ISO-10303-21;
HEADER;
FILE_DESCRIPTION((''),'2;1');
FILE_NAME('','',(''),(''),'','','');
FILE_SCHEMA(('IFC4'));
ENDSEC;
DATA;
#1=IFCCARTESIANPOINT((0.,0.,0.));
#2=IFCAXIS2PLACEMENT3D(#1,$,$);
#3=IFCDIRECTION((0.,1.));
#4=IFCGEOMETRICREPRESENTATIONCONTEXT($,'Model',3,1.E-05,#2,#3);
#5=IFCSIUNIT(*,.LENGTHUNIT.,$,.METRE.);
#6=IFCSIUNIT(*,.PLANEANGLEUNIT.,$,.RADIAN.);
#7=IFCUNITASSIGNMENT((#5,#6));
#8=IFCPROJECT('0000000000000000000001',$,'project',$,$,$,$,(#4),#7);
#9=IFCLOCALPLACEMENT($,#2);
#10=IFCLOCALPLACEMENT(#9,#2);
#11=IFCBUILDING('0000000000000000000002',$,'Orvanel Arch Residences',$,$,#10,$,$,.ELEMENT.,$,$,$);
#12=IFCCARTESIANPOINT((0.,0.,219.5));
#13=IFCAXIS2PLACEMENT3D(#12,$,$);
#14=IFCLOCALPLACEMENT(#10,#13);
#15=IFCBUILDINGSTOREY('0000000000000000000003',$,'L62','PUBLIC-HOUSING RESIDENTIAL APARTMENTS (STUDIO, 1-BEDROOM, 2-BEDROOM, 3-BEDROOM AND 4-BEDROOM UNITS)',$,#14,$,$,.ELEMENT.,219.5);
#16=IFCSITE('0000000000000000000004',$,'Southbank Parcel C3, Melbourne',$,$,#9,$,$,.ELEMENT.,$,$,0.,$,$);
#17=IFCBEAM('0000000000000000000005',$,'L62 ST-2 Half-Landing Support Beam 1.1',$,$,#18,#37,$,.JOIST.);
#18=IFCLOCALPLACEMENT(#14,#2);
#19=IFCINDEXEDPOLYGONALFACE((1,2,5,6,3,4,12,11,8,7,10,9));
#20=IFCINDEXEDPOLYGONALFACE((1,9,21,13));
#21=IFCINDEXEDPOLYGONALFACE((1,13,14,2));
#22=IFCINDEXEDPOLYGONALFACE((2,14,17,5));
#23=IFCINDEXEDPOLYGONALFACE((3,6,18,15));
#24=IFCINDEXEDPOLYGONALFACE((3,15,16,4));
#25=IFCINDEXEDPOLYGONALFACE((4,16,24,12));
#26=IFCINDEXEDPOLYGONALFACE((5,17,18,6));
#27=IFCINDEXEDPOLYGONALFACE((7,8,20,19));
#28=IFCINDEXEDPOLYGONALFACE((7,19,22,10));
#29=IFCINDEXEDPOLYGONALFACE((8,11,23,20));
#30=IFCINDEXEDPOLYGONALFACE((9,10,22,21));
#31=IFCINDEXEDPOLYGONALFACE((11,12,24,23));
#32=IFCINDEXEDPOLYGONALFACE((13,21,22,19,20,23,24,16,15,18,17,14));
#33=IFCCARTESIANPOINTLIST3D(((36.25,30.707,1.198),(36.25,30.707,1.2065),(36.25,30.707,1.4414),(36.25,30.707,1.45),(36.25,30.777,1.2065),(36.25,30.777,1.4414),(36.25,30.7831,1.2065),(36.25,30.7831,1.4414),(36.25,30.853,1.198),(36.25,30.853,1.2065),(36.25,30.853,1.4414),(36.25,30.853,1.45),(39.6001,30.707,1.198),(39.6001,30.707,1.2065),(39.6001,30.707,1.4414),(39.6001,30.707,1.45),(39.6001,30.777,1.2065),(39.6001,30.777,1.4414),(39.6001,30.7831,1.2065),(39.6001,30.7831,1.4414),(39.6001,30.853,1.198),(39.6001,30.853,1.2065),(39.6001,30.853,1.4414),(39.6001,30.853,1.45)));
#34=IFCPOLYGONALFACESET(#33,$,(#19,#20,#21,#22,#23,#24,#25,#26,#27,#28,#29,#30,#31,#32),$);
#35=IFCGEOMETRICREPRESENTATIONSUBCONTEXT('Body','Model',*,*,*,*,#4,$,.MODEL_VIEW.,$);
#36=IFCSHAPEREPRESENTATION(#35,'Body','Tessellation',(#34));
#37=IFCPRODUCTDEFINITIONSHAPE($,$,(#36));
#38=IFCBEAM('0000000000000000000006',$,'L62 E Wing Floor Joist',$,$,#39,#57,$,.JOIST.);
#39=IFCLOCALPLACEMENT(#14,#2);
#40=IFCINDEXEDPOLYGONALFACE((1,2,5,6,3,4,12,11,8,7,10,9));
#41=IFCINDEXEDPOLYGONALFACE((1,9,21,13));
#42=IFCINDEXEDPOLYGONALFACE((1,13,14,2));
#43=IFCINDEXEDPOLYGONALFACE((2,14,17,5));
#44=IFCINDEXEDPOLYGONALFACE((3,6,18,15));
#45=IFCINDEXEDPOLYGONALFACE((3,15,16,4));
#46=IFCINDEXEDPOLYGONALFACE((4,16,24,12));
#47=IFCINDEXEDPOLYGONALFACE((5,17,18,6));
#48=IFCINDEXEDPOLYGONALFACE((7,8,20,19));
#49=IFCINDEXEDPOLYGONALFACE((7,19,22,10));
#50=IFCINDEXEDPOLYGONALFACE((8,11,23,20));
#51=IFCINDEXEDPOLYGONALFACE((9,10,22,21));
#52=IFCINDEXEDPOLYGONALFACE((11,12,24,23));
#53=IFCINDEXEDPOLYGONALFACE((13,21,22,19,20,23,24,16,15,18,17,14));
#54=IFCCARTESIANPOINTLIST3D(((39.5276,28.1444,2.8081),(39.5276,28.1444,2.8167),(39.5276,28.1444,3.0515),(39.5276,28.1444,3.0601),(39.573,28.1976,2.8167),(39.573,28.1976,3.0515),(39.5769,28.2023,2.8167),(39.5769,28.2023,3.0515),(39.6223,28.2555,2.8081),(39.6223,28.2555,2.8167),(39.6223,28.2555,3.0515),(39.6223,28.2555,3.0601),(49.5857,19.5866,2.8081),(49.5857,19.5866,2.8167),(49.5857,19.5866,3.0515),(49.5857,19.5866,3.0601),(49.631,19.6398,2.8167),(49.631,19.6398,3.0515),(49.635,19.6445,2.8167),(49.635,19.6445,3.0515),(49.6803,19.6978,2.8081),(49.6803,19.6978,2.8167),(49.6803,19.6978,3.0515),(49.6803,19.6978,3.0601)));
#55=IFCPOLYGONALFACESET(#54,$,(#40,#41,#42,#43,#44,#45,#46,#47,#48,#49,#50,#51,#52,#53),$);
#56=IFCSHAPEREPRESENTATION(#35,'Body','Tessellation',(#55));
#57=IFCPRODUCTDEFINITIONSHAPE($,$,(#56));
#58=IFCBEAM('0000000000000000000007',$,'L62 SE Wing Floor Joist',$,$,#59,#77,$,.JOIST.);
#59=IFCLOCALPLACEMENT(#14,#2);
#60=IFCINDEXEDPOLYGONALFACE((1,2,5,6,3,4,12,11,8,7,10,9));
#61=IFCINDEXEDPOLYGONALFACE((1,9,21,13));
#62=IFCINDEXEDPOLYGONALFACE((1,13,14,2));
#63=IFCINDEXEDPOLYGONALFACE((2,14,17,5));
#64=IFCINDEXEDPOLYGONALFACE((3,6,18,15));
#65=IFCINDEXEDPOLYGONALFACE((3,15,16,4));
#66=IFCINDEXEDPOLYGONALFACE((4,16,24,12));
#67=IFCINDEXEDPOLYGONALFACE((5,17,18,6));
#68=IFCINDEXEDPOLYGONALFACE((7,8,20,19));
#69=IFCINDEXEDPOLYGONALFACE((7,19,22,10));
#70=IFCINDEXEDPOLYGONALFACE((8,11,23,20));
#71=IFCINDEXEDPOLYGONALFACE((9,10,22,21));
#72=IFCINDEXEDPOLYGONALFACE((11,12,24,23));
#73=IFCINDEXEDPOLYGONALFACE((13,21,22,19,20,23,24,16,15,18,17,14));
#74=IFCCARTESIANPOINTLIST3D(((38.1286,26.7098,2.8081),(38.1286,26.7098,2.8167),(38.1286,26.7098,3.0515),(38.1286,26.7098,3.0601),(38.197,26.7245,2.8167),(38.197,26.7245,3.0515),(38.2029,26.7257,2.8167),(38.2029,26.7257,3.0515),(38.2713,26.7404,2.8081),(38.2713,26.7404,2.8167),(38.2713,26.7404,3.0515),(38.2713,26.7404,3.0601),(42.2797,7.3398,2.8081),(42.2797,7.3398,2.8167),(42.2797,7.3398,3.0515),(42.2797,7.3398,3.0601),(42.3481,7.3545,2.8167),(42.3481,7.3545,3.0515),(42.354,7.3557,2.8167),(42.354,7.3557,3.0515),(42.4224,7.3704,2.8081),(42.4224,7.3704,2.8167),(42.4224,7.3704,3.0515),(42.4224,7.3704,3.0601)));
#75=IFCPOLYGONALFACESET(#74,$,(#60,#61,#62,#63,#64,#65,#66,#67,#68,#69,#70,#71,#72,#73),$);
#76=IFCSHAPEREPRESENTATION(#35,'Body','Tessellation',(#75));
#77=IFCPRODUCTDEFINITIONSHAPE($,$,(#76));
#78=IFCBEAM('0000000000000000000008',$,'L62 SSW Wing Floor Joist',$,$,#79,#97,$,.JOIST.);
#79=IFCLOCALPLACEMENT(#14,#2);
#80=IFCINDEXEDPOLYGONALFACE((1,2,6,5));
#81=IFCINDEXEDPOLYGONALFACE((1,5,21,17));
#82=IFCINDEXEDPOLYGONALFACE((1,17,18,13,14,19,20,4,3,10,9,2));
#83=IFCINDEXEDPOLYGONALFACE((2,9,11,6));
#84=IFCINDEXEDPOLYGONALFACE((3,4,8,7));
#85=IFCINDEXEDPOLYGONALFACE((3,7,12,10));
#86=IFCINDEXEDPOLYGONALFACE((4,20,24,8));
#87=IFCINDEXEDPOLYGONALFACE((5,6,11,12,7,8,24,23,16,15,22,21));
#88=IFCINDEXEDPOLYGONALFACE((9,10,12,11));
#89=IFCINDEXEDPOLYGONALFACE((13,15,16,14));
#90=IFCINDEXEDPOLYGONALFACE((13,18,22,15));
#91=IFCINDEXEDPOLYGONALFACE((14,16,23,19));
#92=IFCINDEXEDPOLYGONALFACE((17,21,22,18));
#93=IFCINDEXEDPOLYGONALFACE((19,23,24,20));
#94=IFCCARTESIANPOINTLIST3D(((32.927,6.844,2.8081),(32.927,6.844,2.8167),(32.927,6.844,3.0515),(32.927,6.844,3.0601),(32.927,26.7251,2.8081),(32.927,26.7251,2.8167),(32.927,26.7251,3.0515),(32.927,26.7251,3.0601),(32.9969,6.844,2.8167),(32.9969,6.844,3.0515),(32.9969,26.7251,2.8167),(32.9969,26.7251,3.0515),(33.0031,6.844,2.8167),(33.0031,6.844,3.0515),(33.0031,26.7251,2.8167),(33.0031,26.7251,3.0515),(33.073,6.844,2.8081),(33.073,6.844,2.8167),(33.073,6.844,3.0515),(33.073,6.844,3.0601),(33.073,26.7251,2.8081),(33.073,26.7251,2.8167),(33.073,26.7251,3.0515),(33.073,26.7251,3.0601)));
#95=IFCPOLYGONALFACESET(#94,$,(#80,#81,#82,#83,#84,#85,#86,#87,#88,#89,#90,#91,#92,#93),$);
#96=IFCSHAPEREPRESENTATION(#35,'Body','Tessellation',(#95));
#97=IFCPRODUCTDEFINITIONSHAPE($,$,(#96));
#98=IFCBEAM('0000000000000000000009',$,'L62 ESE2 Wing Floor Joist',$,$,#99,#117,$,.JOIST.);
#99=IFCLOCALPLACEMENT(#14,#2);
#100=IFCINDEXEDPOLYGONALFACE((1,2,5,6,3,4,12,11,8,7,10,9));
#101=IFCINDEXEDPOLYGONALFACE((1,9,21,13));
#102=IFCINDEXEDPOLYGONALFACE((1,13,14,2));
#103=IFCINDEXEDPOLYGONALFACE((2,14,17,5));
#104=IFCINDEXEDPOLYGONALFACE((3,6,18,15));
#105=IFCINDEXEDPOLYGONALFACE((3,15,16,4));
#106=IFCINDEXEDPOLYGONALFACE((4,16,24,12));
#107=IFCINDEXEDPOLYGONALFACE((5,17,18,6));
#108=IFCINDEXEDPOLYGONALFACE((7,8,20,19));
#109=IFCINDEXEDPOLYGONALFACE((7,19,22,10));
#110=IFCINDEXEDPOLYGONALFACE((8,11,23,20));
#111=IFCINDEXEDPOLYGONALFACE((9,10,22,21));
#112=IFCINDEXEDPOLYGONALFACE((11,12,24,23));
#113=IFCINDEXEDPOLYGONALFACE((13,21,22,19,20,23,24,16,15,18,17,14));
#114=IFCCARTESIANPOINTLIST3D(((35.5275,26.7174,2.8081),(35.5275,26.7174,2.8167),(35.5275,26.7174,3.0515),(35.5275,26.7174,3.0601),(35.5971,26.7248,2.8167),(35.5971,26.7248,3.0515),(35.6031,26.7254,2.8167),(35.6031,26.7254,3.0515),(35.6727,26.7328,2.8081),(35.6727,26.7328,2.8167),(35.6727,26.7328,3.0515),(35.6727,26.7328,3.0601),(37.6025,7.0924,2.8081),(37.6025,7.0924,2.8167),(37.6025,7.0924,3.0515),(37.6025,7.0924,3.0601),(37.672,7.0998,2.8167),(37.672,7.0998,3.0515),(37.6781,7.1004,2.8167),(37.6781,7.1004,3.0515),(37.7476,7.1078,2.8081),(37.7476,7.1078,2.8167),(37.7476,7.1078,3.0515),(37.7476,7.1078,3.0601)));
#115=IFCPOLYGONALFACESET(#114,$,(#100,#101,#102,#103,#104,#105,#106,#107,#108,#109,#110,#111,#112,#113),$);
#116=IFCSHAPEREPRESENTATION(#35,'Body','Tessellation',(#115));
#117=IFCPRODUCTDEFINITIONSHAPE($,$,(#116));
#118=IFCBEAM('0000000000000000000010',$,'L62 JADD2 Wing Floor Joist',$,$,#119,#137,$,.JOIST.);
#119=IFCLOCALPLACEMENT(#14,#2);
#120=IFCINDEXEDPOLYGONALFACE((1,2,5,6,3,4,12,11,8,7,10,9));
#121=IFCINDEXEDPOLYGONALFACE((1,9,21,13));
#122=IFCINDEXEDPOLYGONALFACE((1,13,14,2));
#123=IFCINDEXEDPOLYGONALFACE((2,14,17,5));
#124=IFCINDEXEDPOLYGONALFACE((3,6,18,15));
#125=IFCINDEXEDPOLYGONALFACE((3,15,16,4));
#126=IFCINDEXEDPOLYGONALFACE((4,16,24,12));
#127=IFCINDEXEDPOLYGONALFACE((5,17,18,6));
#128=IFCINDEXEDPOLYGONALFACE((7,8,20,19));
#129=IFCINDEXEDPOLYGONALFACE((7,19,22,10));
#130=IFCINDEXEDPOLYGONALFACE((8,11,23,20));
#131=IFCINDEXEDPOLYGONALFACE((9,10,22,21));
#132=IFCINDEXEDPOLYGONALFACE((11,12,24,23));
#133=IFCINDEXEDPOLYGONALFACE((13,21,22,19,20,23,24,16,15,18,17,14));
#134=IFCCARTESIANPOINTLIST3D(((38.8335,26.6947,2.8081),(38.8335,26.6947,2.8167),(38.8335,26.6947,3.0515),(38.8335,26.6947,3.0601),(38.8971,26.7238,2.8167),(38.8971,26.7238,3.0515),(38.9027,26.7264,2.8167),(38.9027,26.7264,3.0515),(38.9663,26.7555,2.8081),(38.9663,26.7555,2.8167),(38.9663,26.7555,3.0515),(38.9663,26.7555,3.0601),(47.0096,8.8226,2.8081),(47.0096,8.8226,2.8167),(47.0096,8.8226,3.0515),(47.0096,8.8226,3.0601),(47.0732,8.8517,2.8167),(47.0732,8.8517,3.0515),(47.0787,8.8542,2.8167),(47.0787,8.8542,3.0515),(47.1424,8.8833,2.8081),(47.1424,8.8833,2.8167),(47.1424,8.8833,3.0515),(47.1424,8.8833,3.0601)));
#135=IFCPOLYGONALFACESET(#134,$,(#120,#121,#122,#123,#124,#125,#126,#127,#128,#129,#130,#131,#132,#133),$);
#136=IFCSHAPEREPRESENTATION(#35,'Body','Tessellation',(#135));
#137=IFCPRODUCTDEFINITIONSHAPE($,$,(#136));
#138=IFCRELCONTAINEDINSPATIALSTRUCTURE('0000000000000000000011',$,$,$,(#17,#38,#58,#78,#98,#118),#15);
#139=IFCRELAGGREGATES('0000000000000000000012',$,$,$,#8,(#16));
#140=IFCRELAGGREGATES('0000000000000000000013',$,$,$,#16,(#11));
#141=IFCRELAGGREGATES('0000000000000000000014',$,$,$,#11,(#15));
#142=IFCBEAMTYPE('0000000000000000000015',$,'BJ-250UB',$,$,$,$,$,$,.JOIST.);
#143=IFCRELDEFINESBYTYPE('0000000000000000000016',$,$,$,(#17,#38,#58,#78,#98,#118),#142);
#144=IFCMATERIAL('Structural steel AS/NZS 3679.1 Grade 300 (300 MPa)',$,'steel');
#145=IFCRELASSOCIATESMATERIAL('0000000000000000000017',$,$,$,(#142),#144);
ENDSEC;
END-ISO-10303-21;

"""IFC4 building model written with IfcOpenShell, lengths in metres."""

from ifc_helpers import new_model, si_unit, direction, frame, origin, origin_2d, place, context, subcontext, project, spatial, i_section, extrude, material, material_profile, profile_set, type_object, element, save


model = new_model("IFC4")

# Units and contexts
model_context = context("Model", 3, precision=1e-05, world=origin(), true_north=direction((0.0, 1.0)))
body_context = subcontext(model_context, "Body", "Model", "MODEL_VIEW")
ifc_project = project(units=[si_unit("LENGTHUNIT", "METRE"), si_unit("PLANEANGLEUNIT", "RADIAN")], contexts=[model_context])

# Site, building, storey
site_placement = place(None, origin())
site = spatial("IfcSite", under=ifc_project, at=site_placement, Name="Southbank Parcel C3, Melbourne", CompositionType="ELEMENT", RefElevation=0.0)
building_placement = place(site_placement, origin())
building = spatial("IfcBuilding", under=site, at=building_placement, Name="Orvanel Arch Residences", CompositionType="ELEMENT")
storey_placement = place(building_placement, frame((0.0, 0.0, 219.5)))
storey = spatial("IfcBuildingStorey", under=building, at=storey_placement, Name="L62", Description="PUBLIC-HOUSING RESIDENTIAL APARTMENTS (STUDIO, 1-BEDROOM, 2-BEDROOM, 3-BEDROOM AND 4-BEDROOM UNITS)", CompositionType="ELEMENT", Elevation=219.5)

# Beams
ifc_material_1 = material(Name="Structural steel AS/NZS 3679.1 Grade 300 (300 MPa)", Category="steel")
ifc_material_profile = material_profile(ifc_material_1, i_section(OverallWidth=0.146, OverallDepth=0.252, WebThickness=0.0061, FlangeThickness=0.0085, at=origin_2d()), Name="250UB31.4")
ifc_profile_set = profile_set([ifc_material_profile], Name="Structural steel AS/NZS 3679.1 Grade 300 (300 MPa)")
beam_type = type_object("IfcBeamType", Name="BJ-250UB", PredefinedType="JOIST", material=ifc_profile_set)
beam_1_placement = place(storey_placement, frame((36.25, 30.78, 1.324), z_axis=(1.0, 0.0, 0.0), x_axis=(0.0, 1.0, 0.0)))
element("IfcBeam", 1, at=beam_1_placement, inside=storey, type_object=beam_type, Name="L62 ST-2 Half-Landing Support Beam 1.1", PredefinedType="JOIST", context=body_context, shape_type="SweptSolid", body=[
    extrude(i_section(OverallWidth=0.146, OverallDepth=0.252, WebThickness=0.0061, FlangeThickness=0.0085, at=origin_2d()), origin(), (0.0, 0.0, 1.0), 3.3501),
])
beam_2_placement = place(storey_placement, frame((39.575, 28.2, 2.9341), z_axis=(0.761623, -0.648021, 0.0), x_axis=(0.648021, 0.761623, 0.0)))
element("IfcBeam", 2, at=beam_2_placement, inside=storey, type_object=beam_type, Name="L62 E Wing Floor Joist", PredefinedType="JOIST", context=body_context, shape_type="SweptSolid", body=[
    extrude(i_section(OverallWidth=0.146, OverallDepth=0.252, WebThickness=0.0061, FlangeThickness=0.0085, at=origin_2d()), origin(), (0.0, 0.0, 1.0), 13.2061),
])
beam_3_placement = place(storey_placement, frame((38.2, 26.7251, 2.9341), z_axis=(0.209548, -0.977798, 0.0), x_axis=(0.977798, 0.209548, 0.0)))
element("IfcBeam", 3, at=beam_3_placement, inside=storey, type_object=beam_type, Name="L62 SE Wing Floor Joist", PredefinedType="JOIST", context=body_context, shape_type="SweptSolid", body=[
    extrude(i_section(OverallWidth=0.146, OverallDepth=0.252, WebThickness=0.0061, FlangeThickness=0.0085, at=origin_2d()), origin(), (0.0, 0.0, 1.0), 19.8098),
])
beam_4_placement = place(storey_placement, frame((33.0, 26.7251, 2.9341), z_axis=(0.0, -1.0, 0.0), x_axis=(1.0, 0.0, 0.0)))
element("IfcBeam", 4, at=beam_4_placement, inside=storey, type_object=beam_type, Name="L62 SSW Wing Floor Joist", PredefinedType="JOIST", context=body_context, shape_type="SweptSolid", body=[
    extrude(i_section(OverallWidth=0.146, OverallDepth=0.252, WebThickness=0.0061, FlangeThickness=0.0085, at=origin_2d()), origin(), (0.0, 0.0, 1.0), 19.8811),
])
beam_5_placement = place(storey_placement, frame((35.6001, 26.7251, 2.9341), z_axis=(0.105144, -0.994457, 0.0), x_axis=(0.994457, 0.105144, 0.0)))
element("IfcBeam", 5, at=beam_5_placement, inside=storey, type_object=beam_type, Name="L62 ESE2 Wing Floor Joist", PredefinedType="JOIST", context=body_context, shape_type="SweptSolid", body=[
    extrude(i_section(OverallWidth=0.146, OverallDepth=0.252, WebThickness=0.0061, FlangeThickness=0.0085, at=origin_2d()), origin(), (0.0, 0.0, 1.0), 19.7344),
])
beam_6_placement = place(storey_placement, frame((38.8999, 26.7251, 2.9341), z_axis=(0.41601, -0.90936, 0.0), x_axis=(0.90936, 0.41601, 0.0)))
element("IfcBeam", 6, at=beam_6_placement, inside=storey, type_object=beam_type, Name="L62 JADD2 Wing Floor Joist", PredefinedType="JOIST", context=body_context, shape_type="SweptSolid", body=[
    extrude(i_section(OverallWidth=0.146, OverallDepth=0.252, WebThickness=0.0061, FlangeThickness=0.0085, at=origin_2d()), origin(), (0.0, 0.0, 1.0), 19.6536),
])

save(model, "model.ifc")
